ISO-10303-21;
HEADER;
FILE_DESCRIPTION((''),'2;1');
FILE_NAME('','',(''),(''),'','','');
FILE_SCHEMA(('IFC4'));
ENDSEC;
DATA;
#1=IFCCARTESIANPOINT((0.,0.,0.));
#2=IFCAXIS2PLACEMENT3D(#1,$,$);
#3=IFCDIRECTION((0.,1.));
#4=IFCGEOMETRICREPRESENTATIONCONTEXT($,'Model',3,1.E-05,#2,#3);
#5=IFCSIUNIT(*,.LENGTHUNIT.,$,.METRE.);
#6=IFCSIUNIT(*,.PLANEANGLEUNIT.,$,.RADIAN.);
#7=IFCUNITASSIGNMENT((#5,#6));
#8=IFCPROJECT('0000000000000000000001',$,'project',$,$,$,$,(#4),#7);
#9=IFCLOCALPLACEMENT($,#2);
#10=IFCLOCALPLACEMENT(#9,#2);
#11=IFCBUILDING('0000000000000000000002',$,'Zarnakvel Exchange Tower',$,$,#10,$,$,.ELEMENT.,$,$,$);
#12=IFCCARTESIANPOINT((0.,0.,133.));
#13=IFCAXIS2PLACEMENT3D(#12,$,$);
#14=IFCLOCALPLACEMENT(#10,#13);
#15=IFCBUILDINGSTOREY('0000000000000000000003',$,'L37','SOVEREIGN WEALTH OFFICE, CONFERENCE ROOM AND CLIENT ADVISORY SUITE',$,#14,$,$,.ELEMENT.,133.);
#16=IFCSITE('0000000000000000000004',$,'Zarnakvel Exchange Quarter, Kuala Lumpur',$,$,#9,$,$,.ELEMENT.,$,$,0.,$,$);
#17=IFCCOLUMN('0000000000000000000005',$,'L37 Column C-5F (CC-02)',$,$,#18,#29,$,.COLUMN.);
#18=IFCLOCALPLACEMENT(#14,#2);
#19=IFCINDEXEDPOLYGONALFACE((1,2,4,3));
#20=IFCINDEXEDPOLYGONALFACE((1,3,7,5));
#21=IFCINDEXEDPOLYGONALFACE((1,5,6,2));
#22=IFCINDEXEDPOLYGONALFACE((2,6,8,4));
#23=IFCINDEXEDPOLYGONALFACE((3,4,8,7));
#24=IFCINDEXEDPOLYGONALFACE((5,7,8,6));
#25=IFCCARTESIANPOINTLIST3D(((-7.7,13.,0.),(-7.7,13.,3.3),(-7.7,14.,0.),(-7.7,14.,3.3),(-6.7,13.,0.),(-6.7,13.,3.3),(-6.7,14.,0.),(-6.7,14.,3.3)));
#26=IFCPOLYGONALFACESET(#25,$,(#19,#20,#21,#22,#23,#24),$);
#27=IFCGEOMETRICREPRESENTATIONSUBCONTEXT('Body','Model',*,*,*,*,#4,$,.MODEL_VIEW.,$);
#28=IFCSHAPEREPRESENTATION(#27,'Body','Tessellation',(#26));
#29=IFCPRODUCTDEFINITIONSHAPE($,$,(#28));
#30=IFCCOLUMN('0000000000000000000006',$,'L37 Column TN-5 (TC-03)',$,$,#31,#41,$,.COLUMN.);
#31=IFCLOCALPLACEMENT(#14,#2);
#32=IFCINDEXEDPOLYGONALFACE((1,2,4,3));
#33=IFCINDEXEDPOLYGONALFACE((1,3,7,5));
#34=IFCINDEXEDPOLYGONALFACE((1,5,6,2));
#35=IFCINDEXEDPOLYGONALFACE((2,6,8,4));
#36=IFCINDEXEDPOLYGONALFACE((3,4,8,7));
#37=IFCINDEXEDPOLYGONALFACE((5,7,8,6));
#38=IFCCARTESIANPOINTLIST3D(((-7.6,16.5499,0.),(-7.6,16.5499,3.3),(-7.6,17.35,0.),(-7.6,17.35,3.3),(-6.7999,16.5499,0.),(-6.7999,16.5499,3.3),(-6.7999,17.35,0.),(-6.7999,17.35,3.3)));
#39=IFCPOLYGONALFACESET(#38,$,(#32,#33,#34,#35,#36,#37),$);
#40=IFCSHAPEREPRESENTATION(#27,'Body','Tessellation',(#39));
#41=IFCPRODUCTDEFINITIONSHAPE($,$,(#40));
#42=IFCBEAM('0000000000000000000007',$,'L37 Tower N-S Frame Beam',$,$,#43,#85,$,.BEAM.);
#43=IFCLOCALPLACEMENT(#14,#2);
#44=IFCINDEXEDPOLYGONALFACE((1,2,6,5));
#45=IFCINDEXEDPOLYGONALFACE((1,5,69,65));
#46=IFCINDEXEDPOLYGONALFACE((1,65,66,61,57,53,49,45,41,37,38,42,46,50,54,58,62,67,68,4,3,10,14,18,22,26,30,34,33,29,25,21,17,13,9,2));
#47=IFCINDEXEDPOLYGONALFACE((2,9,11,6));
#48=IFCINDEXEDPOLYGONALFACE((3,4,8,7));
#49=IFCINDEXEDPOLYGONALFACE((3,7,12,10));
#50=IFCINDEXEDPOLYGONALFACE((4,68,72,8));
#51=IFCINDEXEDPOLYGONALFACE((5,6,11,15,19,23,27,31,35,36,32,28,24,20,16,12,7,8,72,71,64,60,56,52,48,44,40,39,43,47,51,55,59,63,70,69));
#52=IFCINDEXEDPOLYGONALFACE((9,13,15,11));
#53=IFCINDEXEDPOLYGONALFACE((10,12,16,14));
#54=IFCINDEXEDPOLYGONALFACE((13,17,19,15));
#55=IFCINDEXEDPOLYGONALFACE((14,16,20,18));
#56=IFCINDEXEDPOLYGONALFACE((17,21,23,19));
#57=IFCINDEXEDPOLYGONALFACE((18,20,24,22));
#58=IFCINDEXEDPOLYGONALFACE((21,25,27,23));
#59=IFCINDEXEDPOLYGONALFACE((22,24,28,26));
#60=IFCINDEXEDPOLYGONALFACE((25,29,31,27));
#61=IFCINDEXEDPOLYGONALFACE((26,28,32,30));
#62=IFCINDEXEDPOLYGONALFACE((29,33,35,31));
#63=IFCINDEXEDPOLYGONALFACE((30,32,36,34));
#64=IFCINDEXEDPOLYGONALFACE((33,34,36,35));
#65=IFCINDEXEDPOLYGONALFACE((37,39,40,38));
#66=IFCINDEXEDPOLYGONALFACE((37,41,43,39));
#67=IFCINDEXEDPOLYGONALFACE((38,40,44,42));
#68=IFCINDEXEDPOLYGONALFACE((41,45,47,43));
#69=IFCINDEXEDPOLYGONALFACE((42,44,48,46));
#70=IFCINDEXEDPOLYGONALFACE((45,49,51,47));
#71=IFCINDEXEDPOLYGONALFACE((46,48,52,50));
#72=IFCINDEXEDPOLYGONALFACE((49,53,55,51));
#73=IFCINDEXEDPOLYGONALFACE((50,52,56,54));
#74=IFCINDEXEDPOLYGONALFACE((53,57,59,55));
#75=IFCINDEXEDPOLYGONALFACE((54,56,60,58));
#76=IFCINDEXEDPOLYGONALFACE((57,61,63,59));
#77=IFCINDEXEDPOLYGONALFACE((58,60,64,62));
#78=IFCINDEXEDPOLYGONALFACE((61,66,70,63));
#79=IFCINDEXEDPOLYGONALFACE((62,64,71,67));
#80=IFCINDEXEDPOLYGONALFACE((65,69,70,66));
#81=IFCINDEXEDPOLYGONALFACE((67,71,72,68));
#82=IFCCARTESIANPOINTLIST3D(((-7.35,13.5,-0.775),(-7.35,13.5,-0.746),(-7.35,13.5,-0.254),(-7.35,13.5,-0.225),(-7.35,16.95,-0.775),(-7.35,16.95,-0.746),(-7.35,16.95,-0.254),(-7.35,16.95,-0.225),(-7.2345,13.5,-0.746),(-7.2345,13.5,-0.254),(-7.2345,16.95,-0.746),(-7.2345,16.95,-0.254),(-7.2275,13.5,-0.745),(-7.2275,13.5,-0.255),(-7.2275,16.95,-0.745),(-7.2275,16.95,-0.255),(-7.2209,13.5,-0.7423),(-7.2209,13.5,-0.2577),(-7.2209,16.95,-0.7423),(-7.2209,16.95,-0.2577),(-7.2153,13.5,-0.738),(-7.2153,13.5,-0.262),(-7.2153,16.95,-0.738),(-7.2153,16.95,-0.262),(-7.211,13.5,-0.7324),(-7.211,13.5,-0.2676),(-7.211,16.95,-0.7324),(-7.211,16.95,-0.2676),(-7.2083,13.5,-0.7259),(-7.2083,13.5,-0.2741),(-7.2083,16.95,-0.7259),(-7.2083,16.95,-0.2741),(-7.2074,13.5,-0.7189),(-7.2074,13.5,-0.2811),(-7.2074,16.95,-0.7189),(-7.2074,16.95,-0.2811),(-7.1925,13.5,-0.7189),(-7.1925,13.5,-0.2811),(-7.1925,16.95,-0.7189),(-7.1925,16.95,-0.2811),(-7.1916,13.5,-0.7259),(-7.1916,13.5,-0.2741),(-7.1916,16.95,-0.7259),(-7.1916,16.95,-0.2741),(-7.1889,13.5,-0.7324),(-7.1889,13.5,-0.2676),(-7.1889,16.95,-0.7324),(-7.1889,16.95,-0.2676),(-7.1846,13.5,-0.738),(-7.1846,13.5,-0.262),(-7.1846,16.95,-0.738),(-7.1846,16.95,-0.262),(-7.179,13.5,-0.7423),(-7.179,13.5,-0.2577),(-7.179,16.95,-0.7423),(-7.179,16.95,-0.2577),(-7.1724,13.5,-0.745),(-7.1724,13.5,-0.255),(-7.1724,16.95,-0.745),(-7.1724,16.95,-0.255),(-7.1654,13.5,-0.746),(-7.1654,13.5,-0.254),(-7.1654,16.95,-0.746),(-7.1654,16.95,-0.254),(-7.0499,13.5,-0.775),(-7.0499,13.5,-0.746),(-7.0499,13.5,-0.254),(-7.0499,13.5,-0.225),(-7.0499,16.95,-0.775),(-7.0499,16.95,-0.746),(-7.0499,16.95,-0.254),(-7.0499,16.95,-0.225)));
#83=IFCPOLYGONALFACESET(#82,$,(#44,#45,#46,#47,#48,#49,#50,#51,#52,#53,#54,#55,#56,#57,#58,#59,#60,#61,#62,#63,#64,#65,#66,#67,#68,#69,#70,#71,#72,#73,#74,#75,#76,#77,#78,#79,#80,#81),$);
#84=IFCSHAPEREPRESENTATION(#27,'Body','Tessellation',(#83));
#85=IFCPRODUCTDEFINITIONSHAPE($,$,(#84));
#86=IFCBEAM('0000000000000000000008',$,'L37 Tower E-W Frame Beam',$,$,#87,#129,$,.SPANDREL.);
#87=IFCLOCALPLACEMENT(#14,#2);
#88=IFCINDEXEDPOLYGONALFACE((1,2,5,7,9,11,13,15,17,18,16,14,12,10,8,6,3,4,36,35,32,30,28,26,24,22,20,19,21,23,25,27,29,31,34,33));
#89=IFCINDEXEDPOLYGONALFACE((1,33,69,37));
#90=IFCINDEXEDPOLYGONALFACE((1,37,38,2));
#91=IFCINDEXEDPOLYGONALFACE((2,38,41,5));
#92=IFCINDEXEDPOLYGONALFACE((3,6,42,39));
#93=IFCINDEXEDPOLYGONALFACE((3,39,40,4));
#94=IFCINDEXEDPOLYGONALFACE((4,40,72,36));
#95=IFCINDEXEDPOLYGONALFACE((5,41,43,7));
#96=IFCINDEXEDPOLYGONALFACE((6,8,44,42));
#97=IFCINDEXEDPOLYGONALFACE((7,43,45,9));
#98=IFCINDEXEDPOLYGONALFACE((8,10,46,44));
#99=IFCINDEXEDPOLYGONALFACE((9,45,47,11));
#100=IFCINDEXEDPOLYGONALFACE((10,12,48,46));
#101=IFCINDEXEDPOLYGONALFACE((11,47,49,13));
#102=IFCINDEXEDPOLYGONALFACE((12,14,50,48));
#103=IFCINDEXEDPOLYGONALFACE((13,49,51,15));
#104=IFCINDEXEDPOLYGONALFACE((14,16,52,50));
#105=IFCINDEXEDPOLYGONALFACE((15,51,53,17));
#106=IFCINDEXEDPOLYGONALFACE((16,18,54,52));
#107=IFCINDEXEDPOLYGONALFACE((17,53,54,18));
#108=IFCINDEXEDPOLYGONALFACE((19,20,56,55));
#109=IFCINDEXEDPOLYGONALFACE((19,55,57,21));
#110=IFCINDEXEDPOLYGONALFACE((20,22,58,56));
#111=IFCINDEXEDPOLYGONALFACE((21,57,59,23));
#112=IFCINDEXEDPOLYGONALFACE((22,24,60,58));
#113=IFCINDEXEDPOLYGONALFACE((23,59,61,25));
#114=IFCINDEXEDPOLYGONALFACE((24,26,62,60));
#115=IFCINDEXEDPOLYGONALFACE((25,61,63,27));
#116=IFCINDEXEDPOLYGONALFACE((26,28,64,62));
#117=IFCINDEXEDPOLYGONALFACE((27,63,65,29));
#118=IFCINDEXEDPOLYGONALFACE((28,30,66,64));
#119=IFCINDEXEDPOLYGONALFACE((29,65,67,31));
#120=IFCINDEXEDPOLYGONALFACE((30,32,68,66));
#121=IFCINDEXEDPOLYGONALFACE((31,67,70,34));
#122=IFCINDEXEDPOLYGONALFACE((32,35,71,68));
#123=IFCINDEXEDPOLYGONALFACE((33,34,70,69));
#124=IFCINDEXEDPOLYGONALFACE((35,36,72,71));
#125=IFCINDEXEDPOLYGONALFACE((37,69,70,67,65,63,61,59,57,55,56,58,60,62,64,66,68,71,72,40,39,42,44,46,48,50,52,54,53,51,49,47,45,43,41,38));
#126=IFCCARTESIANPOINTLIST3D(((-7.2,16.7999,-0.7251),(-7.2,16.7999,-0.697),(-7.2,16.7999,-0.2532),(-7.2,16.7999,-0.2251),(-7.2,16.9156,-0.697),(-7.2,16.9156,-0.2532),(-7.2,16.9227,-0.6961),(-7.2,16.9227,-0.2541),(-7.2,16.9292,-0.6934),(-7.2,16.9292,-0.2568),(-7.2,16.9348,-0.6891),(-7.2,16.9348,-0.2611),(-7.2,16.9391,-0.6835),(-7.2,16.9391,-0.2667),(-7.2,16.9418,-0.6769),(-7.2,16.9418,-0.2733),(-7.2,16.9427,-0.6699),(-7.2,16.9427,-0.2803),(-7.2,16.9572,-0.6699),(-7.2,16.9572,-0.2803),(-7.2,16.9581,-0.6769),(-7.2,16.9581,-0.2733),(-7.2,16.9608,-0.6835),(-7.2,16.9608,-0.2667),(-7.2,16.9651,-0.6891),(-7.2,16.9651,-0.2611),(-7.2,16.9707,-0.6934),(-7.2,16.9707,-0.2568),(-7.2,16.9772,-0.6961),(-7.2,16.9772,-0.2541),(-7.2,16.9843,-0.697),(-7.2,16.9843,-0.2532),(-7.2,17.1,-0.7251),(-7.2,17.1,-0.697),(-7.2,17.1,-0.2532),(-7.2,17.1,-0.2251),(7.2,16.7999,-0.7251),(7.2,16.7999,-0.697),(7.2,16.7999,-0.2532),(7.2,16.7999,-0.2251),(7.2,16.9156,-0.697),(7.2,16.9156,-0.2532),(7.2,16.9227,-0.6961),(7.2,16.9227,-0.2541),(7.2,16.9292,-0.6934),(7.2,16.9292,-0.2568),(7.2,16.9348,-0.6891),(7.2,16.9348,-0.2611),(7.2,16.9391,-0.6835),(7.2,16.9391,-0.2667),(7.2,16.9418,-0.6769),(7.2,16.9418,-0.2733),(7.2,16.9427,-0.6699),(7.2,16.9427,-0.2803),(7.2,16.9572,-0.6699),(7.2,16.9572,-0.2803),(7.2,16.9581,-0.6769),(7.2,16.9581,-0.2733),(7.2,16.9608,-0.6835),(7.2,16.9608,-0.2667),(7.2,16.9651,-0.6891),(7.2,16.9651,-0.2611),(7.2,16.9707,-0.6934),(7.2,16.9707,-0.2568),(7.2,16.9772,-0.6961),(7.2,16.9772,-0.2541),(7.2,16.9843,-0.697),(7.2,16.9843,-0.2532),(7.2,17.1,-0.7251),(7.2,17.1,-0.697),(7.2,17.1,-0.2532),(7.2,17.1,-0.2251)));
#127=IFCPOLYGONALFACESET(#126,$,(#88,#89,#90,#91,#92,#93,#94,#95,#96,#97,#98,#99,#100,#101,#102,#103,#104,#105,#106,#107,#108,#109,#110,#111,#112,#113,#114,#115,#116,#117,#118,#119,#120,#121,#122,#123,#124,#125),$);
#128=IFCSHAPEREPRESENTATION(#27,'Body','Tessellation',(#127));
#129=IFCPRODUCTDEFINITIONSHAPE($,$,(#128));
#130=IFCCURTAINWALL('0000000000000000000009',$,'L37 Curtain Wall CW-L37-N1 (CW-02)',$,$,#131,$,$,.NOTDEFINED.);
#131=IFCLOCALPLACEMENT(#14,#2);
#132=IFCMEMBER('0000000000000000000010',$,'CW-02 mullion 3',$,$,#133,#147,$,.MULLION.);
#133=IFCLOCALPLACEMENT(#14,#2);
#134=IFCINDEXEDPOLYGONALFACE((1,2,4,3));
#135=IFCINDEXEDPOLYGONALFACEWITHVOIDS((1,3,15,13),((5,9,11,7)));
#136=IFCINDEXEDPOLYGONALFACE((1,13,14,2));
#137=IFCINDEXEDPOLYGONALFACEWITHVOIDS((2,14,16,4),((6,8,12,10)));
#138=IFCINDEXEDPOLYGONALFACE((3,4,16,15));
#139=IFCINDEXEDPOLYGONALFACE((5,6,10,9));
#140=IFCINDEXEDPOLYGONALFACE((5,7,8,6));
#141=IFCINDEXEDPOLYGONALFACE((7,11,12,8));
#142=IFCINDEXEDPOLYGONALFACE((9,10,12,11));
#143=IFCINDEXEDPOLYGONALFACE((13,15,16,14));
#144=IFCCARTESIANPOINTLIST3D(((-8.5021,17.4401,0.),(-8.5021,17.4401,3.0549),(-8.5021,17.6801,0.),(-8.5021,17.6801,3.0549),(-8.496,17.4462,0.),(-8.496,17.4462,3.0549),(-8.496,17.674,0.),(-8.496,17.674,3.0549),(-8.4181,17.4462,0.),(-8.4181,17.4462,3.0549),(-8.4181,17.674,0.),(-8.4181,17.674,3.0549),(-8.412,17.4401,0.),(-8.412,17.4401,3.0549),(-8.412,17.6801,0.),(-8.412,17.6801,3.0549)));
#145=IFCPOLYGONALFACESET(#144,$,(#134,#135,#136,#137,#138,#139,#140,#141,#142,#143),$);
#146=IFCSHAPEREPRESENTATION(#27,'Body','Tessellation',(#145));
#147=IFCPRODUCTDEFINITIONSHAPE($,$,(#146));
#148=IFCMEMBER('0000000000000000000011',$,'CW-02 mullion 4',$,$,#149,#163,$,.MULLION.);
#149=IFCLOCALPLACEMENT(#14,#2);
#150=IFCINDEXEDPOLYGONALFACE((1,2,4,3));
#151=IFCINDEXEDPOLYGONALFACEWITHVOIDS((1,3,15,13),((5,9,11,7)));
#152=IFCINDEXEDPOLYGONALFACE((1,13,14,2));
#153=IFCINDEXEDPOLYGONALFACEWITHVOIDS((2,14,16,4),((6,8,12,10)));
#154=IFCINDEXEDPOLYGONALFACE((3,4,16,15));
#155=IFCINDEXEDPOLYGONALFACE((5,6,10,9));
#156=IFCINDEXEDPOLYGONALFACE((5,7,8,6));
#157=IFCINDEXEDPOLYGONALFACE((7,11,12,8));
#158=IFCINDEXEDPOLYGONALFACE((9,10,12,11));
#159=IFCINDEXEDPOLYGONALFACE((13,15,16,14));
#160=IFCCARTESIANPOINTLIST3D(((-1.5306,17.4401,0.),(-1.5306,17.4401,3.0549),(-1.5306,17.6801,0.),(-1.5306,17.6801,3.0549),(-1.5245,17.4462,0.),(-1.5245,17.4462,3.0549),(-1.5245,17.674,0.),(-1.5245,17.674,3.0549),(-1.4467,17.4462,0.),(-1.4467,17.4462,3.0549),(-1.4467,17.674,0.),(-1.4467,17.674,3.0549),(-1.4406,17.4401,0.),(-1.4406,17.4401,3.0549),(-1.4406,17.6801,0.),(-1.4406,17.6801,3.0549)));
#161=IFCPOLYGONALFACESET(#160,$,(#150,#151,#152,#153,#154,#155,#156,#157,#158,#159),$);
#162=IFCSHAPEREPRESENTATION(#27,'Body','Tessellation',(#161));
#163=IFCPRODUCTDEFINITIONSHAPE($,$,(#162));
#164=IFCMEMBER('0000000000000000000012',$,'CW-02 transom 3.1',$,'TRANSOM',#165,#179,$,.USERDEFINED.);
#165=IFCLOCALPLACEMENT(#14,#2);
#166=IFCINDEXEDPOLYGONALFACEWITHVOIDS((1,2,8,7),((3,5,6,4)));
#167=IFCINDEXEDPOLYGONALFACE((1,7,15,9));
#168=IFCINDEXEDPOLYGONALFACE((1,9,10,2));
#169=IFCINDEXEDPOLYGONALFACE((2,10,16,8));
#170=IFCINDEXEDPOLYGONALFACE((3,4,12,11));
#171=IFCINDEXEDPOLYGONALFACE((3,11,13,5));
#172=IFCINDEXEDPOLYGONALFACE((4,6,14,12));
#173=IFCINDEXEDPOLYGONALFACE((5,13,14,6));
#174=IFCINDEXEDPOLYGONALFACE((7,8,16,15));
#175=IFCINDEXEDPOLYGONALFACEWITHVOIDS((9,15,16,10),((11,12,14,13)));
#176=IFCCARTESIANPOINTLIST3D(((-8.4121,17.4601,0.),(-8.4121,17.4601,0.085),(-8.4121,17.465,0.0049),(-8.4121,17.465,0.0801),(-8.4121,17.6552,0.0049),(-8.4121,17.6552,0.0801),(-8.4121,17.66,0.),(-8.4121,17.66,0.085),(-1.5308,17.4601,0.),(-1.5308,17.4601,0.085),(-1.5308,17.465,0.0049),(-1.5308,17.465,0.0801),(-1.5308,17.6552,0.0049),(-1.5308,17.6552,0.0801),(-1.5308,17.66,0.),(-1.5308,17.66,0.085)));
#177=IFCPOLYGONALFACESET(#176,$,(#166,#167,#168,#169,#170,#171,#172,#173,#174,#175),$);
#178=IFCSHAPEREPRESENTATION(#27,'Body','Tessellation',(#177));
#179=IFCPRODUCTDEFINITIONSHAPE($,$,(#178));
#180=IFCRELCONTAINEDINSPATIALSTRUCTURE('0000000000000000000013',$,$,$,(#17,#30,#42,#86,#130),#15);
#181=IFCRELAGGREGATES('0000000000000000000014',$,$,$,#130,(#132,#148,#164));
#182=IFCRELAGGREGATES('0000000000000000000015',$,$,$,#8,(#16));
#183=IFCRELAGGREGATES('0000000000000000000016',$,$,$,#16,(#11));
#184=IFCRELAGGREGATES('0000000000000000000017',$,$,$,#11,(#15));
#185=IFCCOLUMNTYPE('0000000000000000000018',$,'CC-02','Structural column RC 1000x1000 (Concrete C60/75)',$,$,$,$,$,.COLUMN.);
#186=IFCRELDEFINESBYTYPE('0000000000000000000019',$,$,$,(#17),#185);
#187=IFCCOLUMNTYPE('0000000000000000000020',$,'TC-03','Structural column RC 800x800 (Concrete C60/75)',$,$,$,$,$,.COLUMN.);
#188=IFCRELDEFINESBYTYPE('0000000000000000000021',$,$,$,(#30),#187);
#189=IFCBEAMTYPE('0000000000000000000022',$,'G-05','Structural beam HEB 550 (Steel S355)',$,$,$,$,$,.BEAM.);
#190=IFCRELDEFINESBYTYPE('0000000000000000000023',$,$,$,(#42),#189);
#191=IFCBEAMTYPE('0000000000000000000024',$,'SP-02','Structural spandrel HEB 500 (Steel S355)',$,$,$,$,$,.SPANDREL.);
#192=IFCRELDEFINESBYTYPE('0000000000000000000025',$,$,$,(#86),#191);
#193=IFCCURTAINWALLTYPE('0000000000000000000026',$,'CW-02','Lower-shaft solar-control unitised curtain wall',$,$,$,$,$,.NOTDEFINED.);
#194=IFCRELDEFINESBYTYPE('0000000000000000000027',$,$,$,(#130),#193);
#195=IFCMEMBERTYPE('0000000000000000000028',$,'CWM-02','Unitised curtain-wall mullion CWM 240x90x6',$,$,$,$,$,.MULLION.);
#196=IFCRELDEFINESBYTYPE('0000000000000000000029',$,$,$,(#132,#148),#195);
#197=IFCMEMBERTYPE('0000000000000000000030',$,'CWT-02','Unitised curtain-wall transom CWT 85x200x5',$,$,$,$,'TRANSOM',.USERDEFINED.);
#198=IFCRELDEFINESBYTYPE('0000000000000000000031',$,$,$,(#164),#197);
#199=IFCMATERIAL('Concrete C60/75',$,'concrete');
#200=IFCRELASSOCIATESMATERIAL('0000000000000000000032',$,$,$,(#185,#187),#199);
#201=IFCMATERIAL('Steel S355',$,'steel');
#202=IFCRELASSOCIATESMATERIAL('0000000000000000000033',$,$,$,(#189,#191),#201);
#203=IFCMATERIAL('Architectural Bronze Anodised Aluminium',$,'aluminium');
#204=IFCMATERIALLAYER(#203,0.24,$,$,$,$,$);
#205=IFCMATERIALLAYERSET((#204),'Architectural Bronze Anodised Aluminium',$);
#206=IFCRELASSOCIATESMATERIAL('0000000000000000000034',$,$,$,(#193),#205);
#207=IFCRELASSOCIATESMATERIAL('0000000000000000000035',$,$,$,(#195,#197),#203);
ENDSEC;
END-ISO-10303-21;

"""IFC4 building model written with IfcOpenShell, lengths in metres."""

from ifc_helpers import new_model, si_unit, direction, frame, origin, origin_2d, place, context, subcontext, project, spatial, rectangle, hollow_rectangle, i_section, extrude, source, transform, mapped, material, layer, layer_set, material_profile, profile_set, type_object, element, aggregate, save


model = new_model("IFC4")

# Units and contexts
model_context = context("Model", 3, precision=1e-05, world=origin(), true_north=direction((0.0, 1.0)))
body_context = subcontext(model_context, "Body", "Model", "MODEL_VIEW")
ifc_project = project(units=[si_unit("LENGTHUNIT", "METRE"), si_unit("PLANEANGLEUNIT", "RADIAN")], contexts=[model_context])

# Site, building, storey
site_placement = place(None, origin())
site = spatial("IfcSite", under=ifc_project, at=site_placement, Name="Zarnakvel Exchange Quarter, Kuala Lumpur", CompositionType="ELEMENT", RefElevation=0.0)
building_placement = place(site_placement, origin())
building = spatial("IfcBuilding", under=site, at=building_placement, Name="Zarnakvel Exchange Tower", CompositionType="ELEMENT")
storey_placement = place(building_placement, frame((0.0, 0.0, 133.0)))
storey = spatial("IfcBuildingStorey", under=building, at=storey_placement, Name="L37", Description="SOVEREIGN WEALTH OFFICE, CONFERENCE ROOM AND CLIENT ADVISORY SUITE", CompositionType="ELEMENT", Elevation=133.0)

# Columns
ifc_material_1 = material(Name="Concrete C60/75", Category="concrete")
ifc_material_profile_1 = material_profile(ifc_material_1, rectangle(XDim=1.0, YDim=1.0, at=origin_2d()))
ifc_profile_set_1 = profile_set([ifc_material_profile_1], Name="Concrete C60/75")
column_type_1 = type_object("IfcColumnType", Name="CC-02", Description="Structural column RC 1000x1000 (Concrete C60/75)", PredefinedType="COLUMN", material=ifc_profile_set_1)
column_1_placement = place(storey_placement, frame((-7.2, 13.5, 0.0), z_axis=(0.0, 0.0, 1.0), x_axis=(1.0, 0.0, 0.0)))
element("IfcColumn", 1, at=column_1_placement, inside=storey, type_object=column_type_1, Name="L37 Column C-5F (CC-02)", PredefinedType="COLUMN", context=body_context, shape_type="SweptSolid", body=[
    extrude(rectangle(XDim=1.0, YDim=1.0, at=origin_2d()), origin(), (0.0, 0.0, 1.0), 3.3),
])
ifc_material_profile_2 = material_profile(ifc_material_1, rectangle(XDim=0.8, YDim=0.8, at=origin_2d()))
ifc_profile_set_2 = profile_set([ifc_material_profile_2], Name="Concrete C60/75")
column_type_2 = type_object("IfcColumnType", Name="TC-03", Description="Structural column RC 800x800 (Concrete C60/75)", PredefinedType="COLUMN", material=ifc_profile_set_2)
column_2_placement = place(storey_placement, frame((-7.2, 16.95, 0.0), z_axis=(0.0, 0.0, 1.0), x_axis=(1.0, 0.0, 0.0)))
element("IfcColumn", 2, at=column_2_placement, inside=storey, type_object=column_type_2, Name="L37 Column TN-5 (TC-03)", PredefinedType="COLUMN", context=body_context, shape_type="SweptSolid", body=[
    extrude(rectangle(XDim=0.8, YDim=0.8, at=origin_2d()), origin(), (0.0, 0.0, 1.0), 3.3),
])

# Beams
ifc_material_2 = material(Name="Steel S355", Category="steel")
ifc_material_profile_3 = material_profile(ifc_material_2, i_section(OverallWidth=0.3, OverallDepth=0.55, WebThickness=0.0149, FlangeThickness=0.0291, FilletRadius=0.0271, at=origin_2d()))
ifc_profile_set_3 = profile_set([ifc_material_profile_3], Name="Steel S355")
beam_type_1 = type_object("IfcBeamType", Name="G-05", Description="Structural beam HEB 550 (Steel S355)", PredefinedType="BEAM", material=ifc_profile_set_3)
beam_1_placement = place(storey_placement, frame((-7.2, 13.5, -0.5), z_axis=(0.0, 1.0, 0.0), x_axis=(-1.0, 0.0, 0.0)))
element("IfcBeam", 3, at=beam_1_placement, inside=storey, type_object=beam_type_1, Name="L37 Tower N-S Frame Beam", PredefinedType="BEAM", context=body_context, shape_type="SweptSolid", body=[
    extrude(i_section(OverallWidth=0.3, OverallDepth=0.55, WebThickness=0.0149, FlangeThickness=0.0291, FilletRadius=0.0271, at=origin_2d()), origin(), (0.0, 0.0, 1.0), 3.45),
])
ifc_material_profile_4 = material_profile(ifc_material_2, i_section(OverallWidth=0.3, OverallDepth=0.5, WebThickness=0.0144, FlangeThickness=0.0281, FilletRadius=0.0271, at=origin_2d()))
ifc_profile_set_4 = profile_set([ifc_material_profile_4], Name="Steel S355")
beam_type_2 = type_object("IfcBeamType", Name="SP-02", Description="Structural spandrel HEB 500 (Steel S355)", PredefinedType="SPANDREL", material=ifc_profile_set_4)
beam_2_placement = place(storey_placement, frame((-7.2, 16.95, -0.4751), z_axis=(1.0, 0.0, 0.0), x_axis=(0.0, 1.0, 0.0)))
element("IfcBeam", 4, at=beam_2_placement, inside=storey, type_object=beam_type_2, Name="L37 Tower E-W Frame Beam", PredefinedType="SPANDREL", context=body_context, shape_type="SweptSolid", body=[
    extrude(i_section(OverallWidth=0.3, OverallDepth=0.5, WebThickness=0.0144, FlangeThickness=0.0281, FilletRadius=0.0271, at=origin_2d()), origin(), (0.0, 0.0, 1.0), 14.3999),
])

# Curtain wall, members
ifc_material_3 = material(Name="Architectural Bronze Anodised Aluminium", Category="aluminium")
ifc_layer_1 = layer(ifc_material_3, 0.24)
ifc_layer_set_1 = layer_set([ifc_layer_1], Name="Architectural Bronze Anodised Aluminium")
curtain_wall_type = type_object("IfcCurtainWallType", Name="CW-02", Description="Lower-shaft solar-control unitised curtain wall", PredefinedType="NOTDEFINED", material=ifc_layer_set_1)
curtain_wall_placement = place(storey_placement, origin())
curtain_wall = element("IfcCurtainWall", 5, at=curtain_wall_placement, inside=storey, type_object=curtain_wall_type, Name="L37 Curtain Wall CW-L37-N1 (CW-02)", PredefinedType="NOTDEFINED")
ifc_material_profile_5 = material_profile(ifc_material_3, hollow_rectangle(XDim=0.24, YDim=0.0901, WallThickness=0.0061, at=origin_2d()))
ifc_profile_set_5 = profile_set([ifc_material_profile_5], Name="Architectural Bronze Anodised Aluminium")
member_type_1 = type_object("IfcMemberType", Name="CWM-02", Description="Unitised curtain-wall mullion CWM 240x90x6", PredefinedType="MULLION", material=ifc_profile_set_5)
shared_shape_1 = source(origin(), body_context, "Body", "SweptSolid", [
    extrude(hollow_rectangle(XDim=0.24, YDim=0.0901, WallThickness=0.0061, at=origin_2d()), origin(), (0.0, 0.0, 1.0), 3.0549),
])
member_1_placement = place(storey_placement, frame((-8.457, 17.5601, 0.0), z_axis=(0.0, 0.0, 1.0), x_axis=(0.0, 1.0, 0.0)))
member_1 = element("IfcMember", 6, at=member_1_placement, type_object=member_type_1, Name="CW-02 mullion 3", PredefinedType="MULLION", context=body_context, shape_type="MappedRepresentation", body=[
    mapped(shared_shape_1, transform((0.0, 0.0, 0.0), x_axis=(1.0, 0.0, 0.0), y_axis=(0.0, 1.0, 0.0), z_axis=(0.0, 0.0, 1.0), scale=1.0)),
])
member_2_placement = place(storey_placement, frame((-1.4856, 17.5601, 0.0), z_axis=(0.0, 0.0, 1.0), x_axis=(0.0, 1.0, 0.0)))
member_2 = element("IfcMember", 7, at=member_2_placement, type_object=member_type_1, Name="CW-02 mullion 4", PredefinedType="MULLION", context=body_context, shape_type="MappedRepresentation", body=[
    mapped(shared_shape_1, transform((0.0, 0.0, 0.0), x_axis=(1.0, 0.0, 0.0), y_axis=(0.0, 1.0, 0.0), z_axis=(0.0, 0.0, 1.0), scale=1.0)),
])
ifc_material_profile_6 = material_profile(ifc_material_3, hollow_rectangle(XDim=0.2, YDim=0.085, WallThickness=0.0049, at=origin_2d()))
ifc_profile_set_6 = profile_set([ifc_material_profile_6], Name="Architectural Bronze Anodised Aluminium")
member_type_2 = type_object("IfcMemberType", Name="CWT-02", Description="Unitised curtain-wall transom CWT 85x200x5", ElementType="TRANSOM", PredefinedType="USERDEFINED", material=ifc_profile_set_6)
shared_shape_2 = source(origin(), body_context, "Body", "SweptSolid", [
    extrude(hollow_rectangle(XDim=0.2, YDim=0.085, WallThickness=0.0049, at=origin_2d()), origin(), (0.0, 0.0, 1.0), 6.8813),
])
member_3_placement = place(storey_placement, frame((-8.4121, 17.5601, 0.0425), z_axis=(1.0, 0.0, 0.0), x_axis=(0.0, 1.0, 0.0)))
member_3 = element("IfcMember", 8, at=member_3_placement, type_object=member_type_2, Name="CW-02 transom 3.1", ObjectType="TRANSOM", PredefinedType="USERDEFINED", context=body_context, shape_type="MappedRepresentation", body=[
    mapped(shared_shape_2, transform((0.0, 0.0, 0.0), x_axis=(1.0, 0.0, 0.0), y_axis=(0.0, 1.0, 0.0), z_axis=(0.0, 0.0, 1.0), scale=1.0)),
])
aggregate(curtain_wall, [member_1, member_2, member_3])

save(model, "model.ifc")
